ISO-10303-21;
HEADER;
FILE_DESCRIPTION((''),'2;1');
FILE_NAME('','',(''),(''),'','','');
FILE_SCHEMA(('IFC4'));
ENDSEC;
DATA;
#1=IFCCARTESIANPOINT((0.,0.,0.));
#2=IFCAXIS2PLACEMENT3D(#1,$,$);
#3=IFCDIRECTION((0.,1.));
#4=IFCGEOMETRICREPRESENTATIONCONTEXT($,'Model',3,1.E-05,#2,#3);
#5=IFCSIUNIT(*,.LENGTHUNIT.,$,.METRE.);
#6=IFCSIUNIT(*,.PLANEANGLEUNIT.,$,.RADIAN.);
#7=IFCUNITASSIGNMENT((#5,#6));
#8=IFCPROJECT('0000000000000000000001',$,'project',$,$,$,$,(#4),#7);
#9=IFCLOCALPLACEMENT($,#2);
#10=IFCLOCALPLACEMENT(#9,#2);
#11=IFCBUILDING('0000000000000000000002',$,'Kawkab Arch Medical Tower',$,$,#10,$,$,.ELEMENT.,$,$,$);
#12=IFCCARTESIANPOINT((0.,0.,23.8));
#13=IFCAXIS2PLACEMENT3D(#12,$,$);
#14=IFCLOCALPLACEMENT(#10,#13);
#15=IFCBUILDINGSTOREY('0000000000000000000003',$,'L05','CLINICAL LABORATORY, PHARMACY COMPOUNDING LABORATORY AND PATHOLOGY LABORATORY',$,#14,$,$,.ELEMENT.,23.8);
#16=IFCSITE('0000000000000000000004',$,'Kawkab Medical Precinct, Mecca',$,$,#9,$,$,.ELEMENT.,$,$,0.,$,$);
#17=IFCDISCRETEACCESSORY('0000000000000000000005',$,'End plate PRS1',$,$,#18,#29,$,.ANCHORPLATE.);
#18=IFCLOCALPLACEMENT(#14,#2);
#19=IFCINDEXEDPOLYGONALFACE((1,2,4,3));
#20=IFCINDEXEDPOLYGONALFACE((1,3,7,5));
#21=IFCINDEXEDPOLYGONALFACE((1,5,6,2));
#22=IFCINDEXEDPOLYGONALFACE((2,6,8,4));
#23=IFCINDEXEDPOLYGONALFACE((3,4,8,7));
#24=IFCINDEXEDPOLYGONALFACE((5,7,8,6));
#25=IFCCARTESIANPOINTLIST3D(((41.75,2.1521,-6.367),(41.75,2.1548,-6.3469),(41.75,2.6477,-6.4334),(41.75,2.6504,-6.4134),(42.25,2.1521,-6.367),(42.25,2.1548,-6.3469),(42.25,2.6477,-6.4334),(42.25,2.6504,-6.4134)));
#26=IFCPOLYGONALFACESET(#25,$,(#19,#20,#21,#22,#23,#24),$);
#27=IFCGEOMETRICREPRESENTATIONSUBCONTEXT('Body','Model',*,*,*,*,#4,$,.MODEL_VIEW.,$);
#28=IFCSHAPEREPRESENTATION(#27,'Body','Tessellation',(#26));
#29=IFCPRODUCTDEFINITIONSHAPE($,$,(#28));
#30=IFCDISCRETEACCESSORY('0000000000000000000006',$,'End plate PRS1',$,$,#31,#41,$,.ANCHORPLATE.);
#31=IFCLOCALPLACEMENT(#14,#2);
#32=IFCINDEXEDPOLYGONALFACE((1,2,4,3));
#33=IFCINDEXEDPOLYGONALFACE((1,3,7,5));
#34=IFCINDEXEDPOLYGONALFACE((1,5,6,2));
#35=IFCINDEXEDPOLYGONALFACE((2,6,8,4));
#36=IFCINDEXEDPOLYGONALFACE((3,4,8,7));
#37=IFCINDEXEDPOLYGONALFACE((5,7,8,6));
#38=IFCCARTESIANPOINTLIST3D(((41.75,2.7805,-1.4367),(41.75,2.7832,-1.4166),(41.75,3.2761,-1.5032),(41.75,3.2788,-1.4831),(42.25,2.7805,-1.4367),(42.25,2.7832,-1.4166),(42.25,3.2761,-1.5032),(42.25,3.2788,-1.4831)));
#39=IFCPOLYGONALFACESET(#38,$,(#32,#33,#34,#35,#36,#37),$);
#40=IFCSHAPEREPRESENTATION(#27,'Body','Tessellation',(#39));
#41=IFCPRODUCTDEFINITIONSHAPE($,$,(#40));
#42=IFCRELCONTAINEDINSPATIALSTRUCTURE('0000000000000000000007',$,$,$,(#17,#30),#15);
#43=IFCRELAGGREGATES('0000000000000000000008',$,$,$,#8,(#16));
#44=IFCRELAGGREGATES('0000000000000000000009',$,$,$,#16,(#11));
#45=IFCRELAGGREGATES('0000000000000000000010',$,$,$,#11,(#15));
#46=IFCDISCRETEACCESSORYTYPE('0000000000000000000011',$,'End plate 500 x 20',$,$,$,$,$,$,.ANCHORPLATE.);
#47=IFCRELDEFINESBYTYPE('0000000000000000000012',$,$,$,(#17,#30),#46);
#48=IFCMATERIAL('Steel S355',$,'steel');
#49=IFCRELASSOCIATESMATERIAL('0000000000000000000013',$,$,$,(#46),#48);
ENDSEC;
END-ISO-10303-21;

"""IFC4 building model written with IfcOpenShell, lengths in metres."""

from ifc_helpers import new_model, si_unit, direction, frame, origin, origin_2d, place, context, subcontext, project, spatial, rectangle, extrude, material, material_profile, profile_set, type_object, element, save


model = new_model("IFC4")

# Units and contexts
model_context = context("Model", 3, precision=1e-05, world=origin(), true_north=direction((0.0, 1.0)))
body_context = subcontext(model_context, "Body", "Model", "MODEL_VIEW")
ifc_project = project(units=[si_unit("LENGTHUNIT", "METRE"), si_unit("PLANEANGLEUNIT", "RADIAN")], contexts=[model_context])

# Site, building, storey
site_placement = place(None, origin())
site = spatial("IfcSite", under=ifc_project, at=site_placement, Name="Kawkab Medical Precinct, Mecca", CompositionType="ELEMENT", RefElevation=0.0)
building_placement = place(site_placement, origin())
building = spatial("IfcBuilding", under=site, at=building_placement, Name="Kawkab Arch Medical Tower", CompositionType="ELEMENT")
storey_placement = place(building_placement, frame((0.0, 0.0, 23.8)))
storey = spatial("IfcBuildingStorey", under=building, at=storey_placement, Name="L05", Description="CLINICAL LABORATORY, PHARMACY COMPOUNDING LABORATORY AND PATHOLOGY LABORATORY", CompositionType="ELEMENT", Elevation=23.8)

# Discrete accessories
ifc_material_1 = material(Name="Steel S355", Category="steel")
ifc_material_profile_1 = material_profile(ifc_material_1, rectangle(XDim=0.5, YDim=0.5, at=origin_2d()), Name="End plate 500 x 20")
ifc_profile_set_1 = profile_set([ifc_material_profile_1], Name="Steel S355")
discrete_accessory_type = type_object("IfcDiscreteAccessoryType", Name="End plate 500 x 20", PredefinedType="ANCHORPLATE", material=ifc_profile_set_1)
for number, where, z_axis, x_axis, name in (
    (1, (42.0, 2.4026, -6.3801), (0.0, -0.132955, -0.991122), (1.0, 0.0, 0.0), "End plate PRS1"),
    (2, (42.0, 3.0283, -1.47), (0.0, 0.132955, 0.991122), (-1.0, 0.0, 0.0), "End plate PRS1"),
):
    element("IfcDiscreteAccessory", number, at=place(storey_placement, frame(where, z_axis=z_axis, x_axis=x_axis)), inside=storey, type_object=discrete_accessory_type, Name=name, PredefinedType="ANCHORPLATE", context=body_context, shape_type="SweptSolid", body=[
        extrude(rectangle(XDim=0.5, YDim=0.5, at=origin_2d()), origin(), (0.0, 0.0, 1.0), 0.0203),
    ])

save(model, "model.ifc")
